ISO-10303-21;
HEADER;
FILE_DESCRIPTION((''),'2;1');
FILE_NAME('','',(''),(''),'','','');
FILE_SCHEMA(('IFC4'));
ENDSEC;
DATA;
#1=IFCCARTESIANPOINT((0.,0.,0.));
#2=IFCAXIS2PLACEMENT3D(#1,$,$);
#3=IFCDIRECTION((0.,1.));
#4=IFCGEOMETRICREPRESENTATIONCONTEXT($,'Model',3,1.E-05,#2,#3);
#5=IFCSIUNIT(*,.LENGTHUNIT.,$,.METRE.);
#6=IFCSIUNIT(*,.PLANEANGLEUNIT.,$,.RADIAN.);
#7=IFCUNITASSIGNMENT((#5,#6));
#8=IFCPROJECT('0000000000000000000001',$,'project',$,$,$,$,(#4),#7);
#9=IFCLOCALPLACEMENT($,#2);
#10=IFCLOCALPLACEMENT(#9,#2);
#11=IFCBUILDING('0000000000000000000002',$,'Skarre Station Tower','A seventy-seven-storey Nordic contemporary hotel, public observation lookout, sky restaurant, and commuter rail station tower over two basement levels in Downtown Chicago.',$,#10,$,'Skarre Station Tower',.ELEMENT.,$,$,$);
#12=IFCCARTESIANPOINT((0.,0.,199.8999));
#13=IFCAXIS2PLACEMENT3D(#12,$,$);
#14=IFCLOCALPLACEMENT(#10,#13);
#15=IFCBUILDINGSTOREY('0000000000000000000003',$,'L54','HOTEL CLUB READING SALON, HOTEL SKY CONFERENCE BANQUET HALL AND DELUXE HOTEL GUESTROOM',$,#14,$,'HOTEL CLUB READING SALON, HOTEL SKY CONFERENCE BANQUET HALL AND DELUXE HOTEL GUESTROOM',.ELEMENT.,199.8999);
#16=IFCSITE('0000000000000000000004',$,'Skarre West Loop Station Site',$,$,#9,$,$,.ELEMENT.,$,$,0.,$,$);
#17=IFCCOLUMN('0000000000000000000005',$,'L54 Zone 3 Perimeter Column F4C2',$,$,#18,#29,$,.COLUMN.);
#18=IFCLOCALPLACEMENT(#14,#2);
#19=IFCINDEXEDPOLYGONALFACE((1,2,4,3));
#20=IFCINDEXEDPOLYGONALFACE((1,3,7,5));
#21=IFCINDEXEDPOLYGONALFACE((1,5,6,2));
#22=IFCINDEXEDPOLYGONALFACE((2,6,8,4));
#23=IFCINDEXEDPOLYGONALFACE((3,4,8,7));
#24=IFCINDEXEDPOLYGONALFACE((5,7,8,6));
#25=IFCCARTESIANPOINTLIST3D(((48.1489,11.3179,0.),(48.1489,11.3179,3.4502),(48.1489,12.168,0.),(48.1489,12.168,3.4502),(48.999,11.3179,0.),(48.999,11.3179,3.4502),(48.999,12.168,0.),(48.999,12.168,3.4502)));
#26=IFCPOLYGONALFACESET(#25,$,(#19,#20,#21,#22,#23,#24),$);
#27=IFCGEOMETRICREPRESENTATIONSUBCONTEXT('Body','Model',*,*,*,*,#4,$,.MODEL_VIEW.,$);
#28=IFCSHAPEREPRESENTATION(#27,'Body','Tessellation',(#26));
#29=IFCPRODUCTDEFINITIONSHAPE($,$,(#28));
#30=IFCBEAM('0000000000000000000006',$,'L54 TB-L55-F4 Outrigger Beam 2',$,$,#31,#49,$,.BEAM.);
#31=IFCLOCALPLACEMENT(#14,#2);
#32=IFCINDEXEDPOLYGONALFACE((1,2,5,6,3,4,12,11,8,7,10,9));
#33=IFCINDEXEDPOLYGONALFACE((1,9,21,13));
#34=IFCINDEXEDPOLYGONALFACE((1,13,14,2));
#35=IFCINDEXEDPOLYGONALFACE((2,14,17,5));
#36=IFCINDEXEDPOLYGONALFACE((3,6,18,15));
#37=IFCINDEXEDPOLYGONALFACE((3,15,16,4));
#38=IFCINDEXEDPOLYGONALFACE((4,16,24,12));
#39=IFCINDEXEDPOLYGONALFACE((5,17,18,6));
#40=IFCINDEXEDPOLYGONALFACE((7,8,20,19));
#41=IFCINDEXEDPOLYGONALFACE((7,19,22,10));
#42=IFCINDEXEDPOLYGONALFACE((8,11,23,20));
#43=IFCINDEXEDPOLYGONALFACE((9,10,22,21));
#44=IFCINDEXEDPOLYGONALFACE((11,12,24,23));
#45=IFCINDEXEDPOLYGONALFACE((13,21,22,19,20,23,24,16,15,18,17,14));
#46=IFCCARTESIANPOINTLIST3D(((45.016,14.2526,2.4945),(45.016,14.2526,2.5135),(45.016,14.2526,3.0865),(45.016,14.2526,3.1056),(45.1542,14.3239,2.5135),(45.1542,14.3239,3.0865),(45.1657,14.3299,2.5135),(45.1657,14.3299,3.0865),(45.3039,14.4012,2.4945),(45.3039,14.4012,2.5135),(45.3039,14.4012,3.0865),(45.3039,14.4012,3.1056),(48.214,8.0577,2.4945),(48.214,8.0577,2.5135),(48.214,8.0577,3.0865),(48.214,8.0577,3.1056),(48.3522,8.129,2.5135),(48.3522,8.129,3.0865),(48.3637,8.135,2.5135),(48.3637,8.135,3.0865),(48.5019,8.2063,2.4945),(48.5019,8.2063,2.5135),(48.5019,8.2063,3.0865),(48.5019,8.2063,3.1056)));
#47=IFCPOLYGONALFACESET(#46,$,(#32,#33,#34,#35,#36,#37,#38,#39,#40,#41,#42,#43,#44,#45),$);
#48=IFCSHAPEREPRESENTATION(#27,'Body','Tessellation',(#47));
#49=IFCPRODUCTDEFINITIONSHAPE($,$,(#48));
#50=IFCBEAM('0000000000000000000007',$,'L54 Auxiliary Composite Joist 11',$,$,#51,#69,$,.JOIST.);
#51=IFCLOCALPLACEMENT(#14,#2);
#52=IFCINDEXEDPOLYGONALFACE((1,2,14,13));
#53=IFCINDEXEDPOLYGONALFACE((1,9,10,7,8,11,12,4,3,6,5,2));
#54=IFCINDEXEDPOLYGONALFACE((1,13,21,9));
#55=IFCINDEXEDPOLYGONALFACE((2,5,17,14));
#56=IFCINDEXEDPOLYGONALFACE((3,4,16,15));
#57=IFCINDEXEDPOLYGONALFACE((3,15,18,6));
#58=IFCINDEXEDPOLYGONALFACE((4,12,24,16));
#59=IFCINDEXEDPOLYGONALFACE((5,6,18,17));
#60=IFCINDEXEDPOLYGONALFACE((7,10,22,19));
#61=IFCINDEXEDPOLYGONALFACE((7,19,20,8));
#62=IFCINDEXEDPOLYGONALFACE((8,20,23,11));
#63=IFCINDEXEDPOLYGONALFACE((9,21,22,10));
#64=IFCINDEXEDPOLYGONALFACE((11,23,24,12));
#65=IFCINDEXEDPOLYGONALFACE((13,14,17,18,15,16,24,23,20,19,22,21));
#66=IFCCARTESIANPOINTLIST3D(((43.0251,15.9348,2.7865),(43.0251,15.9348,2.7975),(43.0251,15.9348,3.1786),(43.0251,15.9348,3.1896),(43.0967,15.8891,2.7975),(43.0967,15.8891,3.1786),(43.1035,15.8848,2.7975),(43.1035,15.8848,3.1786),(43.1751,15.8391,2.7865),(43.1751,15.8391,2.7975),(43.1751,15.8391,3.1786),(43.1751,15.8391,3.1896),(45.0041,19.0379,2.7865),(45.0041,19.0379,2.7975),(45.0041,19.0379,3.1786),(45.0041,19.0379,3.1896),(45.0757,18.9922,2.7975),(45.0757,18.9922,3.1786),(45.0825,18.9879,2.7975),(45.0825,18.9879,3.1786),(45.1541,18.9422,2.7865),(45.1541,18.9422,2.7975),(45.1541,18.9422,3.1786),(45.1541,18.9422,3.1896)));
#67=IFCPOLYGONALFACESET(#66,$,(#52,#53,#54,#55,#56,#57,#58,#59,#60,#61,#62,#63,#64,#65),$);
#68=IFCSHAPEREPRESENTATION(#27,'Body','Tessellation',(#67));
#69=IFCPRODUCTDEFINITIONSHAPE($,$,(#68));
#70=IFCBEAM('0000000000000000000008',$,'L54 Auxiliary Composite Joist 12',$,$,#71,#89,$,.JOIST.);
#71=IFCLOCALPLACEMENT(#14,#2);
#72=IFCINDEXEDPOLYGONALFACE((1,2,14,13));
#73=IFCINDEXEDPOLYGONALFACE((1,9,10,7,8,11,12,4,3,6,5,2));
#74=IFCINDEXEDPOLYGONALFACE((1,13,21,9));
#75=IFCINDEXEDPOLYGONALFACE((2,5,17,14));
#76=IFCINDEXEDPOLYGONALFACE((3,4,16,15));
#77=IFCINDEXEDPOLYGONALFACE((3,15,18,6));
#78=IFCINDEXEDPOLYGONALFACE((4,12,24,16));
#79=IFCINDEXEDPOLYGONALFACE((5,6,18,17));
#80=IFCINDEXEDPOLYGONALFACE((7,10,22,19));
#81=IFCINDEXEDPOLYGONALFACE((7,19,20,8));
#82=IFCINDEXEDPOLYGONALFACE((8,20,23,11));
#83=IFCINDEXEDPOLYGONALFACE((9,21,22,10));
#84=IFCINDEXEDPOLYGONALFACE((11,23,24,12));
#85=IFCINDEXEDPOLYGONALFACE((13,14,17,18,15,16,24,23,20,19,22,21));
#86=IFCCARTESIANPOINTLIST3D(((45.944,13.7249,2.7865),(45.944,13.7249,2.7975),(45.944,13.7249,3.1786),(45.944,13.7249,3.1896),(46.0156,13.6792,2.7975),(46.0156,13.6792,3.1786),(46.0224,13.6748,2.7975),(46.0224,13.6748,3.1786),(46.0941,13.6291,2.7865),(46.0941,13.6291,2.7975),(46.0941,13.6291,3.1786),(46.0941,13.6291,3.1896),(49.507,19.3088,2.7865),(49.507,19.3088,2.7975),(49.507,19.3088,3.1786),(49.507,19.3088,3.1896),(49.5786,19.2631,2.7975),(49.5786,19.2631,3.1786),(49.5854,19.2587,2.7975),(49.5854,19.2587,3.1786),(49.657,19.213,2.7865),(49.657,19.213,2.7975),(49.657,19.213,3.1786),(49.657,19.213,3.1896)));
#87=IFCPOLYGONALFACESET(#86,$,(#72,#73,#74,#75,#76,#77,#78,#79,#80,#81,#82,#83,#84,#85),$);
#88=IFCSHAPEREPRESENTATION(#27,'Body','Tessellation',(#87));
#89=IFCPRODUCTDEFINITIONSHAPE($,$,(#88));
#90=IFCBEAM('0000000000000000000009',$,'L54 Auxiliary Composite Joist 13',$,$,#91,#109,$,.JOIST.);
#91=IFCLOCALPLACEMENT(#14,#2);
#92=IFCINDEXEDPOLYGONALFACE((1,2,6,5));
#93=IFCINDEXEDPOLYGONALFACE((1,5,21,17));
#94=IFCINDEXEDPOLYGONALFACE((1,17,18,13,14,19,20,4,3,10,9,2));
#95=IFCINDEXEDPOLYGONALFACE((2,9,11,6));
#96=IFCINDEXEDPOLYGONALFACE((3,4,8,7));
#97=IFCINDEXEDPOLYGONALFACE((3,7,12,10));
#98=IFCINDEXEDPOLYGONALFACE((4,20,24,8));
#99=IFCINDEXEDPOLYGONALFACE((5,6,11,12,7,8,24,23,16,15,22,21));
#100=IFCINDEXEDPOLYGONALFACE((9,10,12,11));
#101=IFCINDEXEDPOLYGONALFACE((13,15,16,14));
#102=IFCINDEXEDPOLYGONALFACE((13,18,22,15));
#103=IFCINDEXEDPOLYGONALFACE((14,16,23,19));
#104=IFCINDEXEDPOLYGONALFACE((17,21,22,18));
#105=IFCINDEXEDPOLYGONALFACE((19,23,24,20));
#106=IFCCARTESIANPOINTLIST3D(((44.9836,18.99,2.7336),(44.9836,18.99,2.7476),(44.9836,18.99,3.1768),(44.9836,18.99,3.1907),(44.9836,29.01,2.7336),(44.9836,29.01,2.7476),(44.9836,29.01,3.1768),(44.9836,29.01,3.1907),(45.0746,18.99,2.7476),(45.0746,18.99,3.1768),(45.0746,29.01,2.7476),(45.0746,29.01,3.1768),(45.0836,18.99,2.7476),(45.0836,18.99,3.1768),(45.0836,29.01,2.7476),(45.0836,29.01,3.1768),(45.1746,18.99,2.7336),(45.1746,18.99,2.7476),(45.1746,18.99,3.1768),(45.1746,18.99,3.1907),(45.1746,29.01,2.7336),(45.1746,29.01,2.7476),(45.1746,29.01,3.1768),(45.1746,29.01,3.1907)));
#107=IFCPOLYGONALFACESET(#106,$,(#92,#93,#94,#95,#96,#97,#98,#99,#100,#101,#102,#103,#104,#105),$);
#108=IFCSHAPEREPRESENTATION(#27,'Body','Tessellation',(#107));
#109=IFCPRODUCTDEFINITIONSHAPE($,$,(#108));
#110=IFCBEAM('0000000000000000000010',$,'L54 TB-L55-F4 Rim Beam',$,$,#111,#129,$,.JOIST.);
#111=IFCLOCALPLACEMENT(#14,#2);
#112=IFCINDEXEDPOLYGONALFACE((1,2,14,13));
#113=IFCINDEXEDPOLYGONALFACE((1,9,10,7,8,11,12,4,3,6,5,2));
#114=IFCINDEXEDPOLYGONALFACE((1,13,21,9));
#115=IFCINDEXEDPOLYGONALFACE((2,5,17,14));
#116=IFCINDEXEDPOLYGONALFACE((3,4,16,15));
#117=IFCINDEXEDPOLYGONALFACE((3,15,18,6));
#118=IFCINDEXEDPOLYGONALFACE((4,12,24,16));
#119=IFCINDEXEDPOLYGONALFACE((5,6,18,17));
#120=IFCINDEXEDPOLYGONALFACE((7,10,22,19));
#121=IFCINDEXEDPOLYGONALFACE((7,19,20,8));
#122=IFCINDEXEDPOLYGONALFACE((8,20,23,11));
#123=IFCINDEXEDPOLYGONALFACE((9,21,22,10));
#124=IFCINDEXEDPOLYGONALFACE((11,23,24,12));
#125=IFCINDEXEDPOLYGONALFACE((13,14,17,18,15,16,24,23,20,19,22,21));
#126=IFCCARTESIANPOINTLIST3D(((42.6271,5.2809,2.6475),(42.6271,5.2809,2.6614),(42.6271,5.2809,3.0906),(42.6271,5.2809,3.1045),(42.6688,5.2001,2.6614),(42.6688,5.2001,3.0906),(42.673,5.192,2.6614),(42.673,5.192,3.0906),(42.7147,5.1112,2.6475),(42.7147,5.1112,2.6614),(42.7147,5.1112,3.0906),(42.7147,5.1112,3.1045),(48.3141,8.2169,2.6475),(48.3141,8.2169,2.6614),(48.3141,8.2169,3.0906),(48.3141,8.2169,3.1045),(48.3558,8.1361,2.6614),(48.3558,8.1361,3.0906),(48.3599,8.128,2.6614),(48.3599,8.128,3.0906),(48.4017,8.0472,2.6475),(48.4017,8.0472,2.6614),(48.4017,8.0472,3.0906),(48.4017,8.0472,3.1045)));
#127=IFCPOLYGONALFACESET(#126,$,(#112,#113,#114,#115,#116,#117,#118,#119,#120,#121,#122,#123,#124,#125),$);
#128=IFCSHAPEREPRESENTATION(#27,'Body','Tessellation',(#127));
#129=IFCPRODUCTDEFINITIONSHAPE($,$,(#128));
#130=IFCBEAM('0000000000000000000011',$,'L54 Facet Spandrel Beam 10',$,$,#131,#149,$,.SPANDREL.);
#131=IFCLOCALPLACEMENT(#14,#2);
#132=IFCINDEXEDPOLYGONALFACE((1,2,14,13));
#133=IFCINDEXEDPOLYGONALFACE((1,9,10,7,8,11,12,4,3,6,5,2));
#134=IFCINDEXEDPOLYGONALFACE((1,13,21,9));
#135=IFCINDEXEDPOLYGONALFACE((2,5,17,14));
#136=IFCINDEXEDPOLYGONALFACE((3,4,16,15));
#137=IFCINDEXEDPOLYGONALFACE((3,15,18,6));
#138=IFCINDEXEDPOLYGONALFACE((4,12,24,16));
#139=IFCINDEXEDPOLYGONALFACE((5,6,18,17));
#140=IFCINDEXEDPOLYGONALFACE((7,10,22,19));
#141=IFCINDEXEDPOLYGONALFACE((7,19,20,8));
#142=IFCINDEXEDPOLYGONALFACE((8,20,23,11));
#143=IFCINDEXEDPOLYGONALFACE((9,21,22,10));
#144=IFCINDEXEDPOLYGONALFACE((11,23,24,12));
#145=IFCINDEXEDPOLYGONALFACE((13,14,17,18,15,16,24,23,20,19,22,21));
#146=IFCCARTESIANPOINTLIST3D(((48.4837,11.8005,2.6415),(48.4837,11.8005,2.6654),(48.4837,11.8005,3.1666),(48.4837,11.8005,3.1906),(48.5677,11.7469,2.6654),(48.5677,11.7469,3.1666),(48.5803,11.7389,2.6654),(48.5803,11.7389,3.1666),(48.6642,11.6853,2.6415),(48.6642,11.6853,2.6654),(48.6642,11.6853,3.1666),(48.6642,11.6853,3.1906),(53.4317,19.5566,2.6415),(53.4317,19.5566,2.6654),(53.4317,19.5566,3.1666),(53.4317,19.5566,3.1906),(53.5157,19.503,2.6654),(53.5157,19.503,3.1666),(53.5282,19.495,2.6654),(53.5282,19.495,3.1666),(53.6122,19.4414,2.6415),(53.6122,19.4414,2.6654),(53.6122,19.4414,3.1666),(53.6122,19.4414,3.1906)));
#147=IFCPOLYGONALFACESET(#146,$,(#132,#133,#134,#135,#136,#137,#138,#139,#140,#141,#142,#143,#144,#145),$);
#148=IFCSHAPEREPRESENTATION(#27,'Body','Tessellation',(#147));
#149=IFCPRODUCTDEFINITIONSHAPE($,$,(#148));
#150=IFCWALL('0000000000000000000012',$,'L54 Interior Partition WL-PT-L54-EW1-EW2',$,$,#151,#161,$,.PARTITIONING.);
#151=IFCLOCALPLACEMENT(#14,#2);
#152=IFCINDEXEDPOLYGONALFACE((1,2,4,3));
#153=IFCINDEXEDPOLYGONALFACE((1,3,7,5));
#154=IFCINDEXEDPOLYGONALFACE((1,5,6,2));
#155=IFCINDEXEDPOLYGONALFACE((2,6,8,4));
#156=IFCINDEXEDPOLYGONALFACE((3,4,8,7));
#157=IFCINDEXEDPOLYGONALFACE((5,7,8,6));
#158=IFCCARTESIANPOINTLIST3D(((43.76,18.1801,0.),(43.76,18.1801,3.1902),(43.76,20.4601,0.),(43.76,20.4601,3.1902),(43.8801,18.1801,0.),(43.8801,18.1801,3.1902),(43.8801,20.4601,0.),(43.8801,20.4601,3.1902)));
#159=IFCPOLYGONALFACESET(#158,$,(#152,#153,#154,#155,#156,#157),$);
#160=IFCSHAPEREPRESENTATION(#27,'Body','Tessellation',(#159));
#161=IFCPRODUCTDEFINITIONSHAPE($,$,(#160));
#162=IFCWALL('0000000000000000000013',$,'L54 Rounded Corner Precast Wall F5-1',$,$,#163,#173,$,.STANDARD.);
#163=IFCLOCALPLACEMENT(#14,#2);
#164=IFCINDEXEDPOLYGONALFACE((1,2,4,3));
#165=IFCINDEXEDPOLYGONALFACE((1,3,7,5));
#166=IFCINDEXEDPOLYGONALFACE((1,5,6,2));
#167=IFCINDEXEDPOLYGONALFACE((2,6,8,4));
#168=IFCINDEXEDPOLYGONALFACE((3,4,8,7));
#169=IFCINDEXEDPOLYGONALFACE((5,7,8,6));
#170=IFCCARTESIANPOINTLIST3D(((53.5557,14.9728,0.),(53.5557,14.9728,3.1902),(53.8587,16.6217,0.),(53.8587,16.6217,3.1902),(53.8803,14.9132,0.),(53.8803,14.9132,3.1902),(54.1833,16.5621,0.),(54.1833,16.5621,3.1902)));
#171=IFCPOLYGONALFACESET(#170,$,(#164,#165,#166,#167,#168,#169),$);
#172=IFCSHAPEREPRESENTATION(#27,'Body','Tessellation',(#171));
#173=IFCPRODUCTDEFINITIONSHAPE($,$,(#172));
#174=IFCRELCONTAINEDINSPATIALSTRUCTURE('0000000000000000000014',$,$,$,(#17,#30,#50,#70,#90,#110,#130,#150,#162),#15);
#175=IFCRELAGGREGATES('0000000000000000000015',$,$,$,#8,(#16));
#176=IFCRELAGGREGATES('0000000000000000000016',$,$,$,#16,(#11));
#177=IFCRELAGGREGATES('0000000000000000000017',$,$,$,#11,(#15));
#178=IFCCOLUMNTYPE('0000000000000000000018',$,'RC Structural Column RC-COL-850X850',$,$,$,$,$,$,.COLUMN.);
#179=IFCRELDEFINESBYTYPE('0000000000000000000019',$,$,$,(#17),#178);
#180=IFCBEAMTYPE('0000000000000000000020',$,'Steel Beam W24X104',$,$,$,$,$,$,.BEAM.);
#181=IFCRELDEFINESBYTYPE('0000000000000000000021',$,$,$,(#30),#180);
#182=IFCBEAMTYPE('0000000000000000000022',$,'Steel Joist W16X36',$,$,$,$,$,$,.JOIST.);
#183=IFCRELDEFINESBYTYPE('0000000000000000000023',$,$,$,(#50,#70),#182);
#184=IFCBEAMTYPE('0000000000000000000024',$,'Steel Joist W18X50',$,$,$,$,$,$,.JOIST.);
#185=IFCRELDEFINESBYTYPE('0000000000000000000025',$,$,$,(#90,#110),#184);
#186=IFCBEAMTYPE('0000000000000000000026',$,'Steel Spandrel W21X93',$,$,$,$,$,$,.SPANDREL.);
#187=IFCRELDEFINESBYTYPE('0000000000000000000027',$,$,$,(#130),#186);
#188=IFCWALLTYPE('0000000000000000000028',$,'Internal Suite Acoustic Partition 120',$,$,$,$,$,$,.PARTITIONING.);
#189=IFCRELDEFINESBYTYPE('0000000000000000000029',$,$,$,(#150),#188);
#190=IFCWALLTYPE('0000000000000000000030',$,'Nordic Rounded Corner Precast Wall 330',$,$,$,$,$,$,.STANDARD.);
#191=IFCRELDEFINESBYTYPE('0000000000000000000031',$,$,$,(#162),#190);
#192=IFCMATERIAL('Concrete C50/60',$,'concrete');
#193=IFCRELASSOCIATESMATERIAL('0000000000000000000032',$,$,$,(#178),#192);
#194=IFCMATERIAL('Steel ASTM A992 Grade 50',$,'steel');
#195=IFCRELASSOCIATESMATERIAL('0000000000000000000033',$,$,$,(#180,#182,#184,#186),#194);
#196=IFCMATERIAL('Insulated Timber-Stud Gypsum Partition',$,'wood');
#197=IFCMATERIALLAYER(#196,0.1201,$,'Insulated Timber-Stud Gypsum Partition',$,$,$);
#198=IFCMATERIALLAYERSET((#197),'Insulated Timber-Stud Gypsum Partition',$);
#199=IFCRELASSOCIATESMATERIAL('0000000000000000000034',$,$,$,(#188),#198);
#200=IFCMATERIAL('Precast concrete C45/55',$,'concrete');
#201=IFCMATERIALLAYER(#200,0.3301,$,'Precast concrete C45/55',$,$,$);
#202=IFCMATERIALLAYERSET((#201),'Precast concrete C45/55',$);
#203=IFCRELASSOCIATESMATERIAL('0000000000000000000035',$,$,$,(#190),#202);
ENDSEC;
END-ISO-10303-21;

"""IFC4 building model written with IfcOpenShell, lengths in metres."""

from ifc_helpers import new_model, si_unit, direction, frame, frame_2d, origin, origin_2d, place, context, subcontext, project, spatial, rectangle, i_section, extrude, material, layer, layer_set, material_profile, profile_set, type_object, element, save


model = new_model("IFC4")

# Units and contexts
model_context = context("Model", 3, precision=1e-05, world=origin(), true_north=direction((0.0, 1.0)))
body_context = subcontext(model_context, "Body", "Model", "MODEL_VIEW")
ifc_project = project(units=[si_unit("LENGTHUNIT", "METRE"), si_unit("PLANEANGLEUNIT", "RADIAN")], contexts=[model_context])

# Site, building, storey
site_placement = place(None, origin())
site = spatial("IfcSite", under=ifc_project, at=site_placement, Name="Skarre West Loop Station Site", CompositionType="ELEMENT", RefElevation=0.0)
building_placement = place(site_placement, origin())
building = spatial("IfcBuilding", under=site, at=building_placement, Name="Skarre Station Tower", Description="A seventy-seven-storey Nordic contemporary hotel, public observation lookout, sky restaurant, and commuter rail station tower over two basement levels in Downtown Chicago.", LongName="Skarre Station Tower", CompositionType="ELEMENT")
storey_placement = place(building_placement, frame((0.0, 0.0, 199.8999)))
storey = spatial("IfcBuildingStorey", under=building, at=storey_placement, Name="L54", Description="HOTEL CLUB READING SALON, HOTEL SKY CONFERENCE BANQUET HALL AND DELUXE HOTEL GUESTROOM", LongName="HOTEL CLUB READING SALON, HOTEL SKY CONFERENCE BANQUET HALL AND DELUXE HOTEL GUESTROOM", CompositionType="ELEMENT", Elevation=199.8999)

# Column
ifc_material_1 = material(Name="Concrete C50/60", Category="concrete")
ifc_material_profile_1 = material_profile(ifc_material_1, rectangle(XDim=0.8501, YDim=0.8501, at=origin_2d()), Name="Concrete C50/60")
ifc_profile_set_1 = profile_set([ifc_material_profile_1], Name="Concrete C50/60")
column_type = type_object("IfcColumnType", Name="RC Structural Column RC-COL-850X850", PredefinedType="COLUMN", material=ifc_profile_set_1)
column_placement = place(storey_placement, frame((48.574, 11.7429, 0.0), z_axis=(0.0, 0.0, 1.0), x_axis=(1.0, 0.0, 0.0)))
element("IfcColumn", 1, at=column_placement, inside=storey, type_object=column_type, Name="L54 Zone 3 Perimeter Column F4C2", PredefinedType="COLUMN", context=body_context, shape_type="SweptSolid", body=[
    extrude(rectangle(XDim=0.8501, YDim=0.8501, at=origin_2d()), origin(), (0.0, 0.0, 1.0), 3.4502),
])

# Beams
ifc_material_2 = material(Name="Steel ASTM A992 Grade 50", Category="steel")
ifc_material_profile_2 = material_profile(ifc_material_2, i_section(OverallWidth=0.324, OverallDepth=0.6111, WebThickness=0.0129, FlangeThickness=0.019, at=origin_2d()), Name="Steel ASTM A992 Grade 50")
ifc_profile_set_2 = profile_set([ifc_material_profile_2], Name="Steel ASTM A992 Grade 50")
beam_type_1 = type_object("IfcBeamType", Name="Steel Beam W24X104", PredefinedType="BEAM", material=ifc_profile_set_2)
beam_1_placement = place(storey_placement, frame((45.1599, 14.3269, 2.8), z_axis=(0.458719, -0.888582, 0.0), x_axis=(0.888582, 0.458719, 0.0)))
element("IfcBeam", 2, at=beam_1_placement, inside=storey, type_object=beam_type_1, Name="L54 TB-L55-F4 Outrigger Beam 2", PredefinedType="BEAM", context=body_context, shape_type="SweptSolid", body=[
    extrude(i_section(OverallWidth=0.324, OverallDepth=0.6111, WebThickness=0.0129, FlangeThickness=0.019, at=origin_2d()), origin(), (0.0, 0.0, 1.0), 6.9717),
])
ifc_material_profile_3 = material_profile(ifc_material_2, i_section(OverallWidth=0.178, OverallDepth=0.4031, WebThickness=0.0081, FlangeThickness=0.011, at=origin_2d()), Name="Steel ASTM A992 Grade 50")
ifc_profile_set_3 = profile_set([ifc_material_profile_3], Name="Steel ASTM A992 Grade 50")
beam_type_2 = type_object("IfcBeamType", Name="Steel Joist W16X36", PredefinedType="JOIST", material=ifc_profile_set_3)
beam_2_placement = place(storey_placement, frame((43.1001, 15.887, 2.988), z_axis=(0.537717, 0.843126, 0.0), x_axis=(-0.843126, 0.537717, 0.0)))
element("IfcBeam", 3, at=beam_2_placement, inside=storey, type_object=beam_type_2, Name="L54 Auxiliary Composite Joist 11", PredefinedType="JOIST", context=body_context, shape_type="SweptSolid", body=[
    extrude(i_section(OverallWidth=0.178, OverallDepth=0.4031, WebThickness=0.0081, FlangeThickness=0.011, at=origin_2d()), origin(), (0.0, 0.0, 1.0), 3.6804),
])
beam_3_placement = place(storey_placement, frame((46.019, 13.677, 2.988), z_axis=(0.537901, 0.843008, 0.0), x_axis=(-0.843008, 0.537901, 0.0)))
element("IfcBeam", 4, at=beam_3_placement, inside=storey, type_object=beam_type_2, Name="L54 Auxiliary Composite Joist 12", PredefinedType="JOIST", context=body_context, shape_type="SweptSolid", body=[
    extrude(i_section(OverallWidth=0.178, OverallDepth=0.4031, WebThickness=0.0081, FlangeThickness=0.011, at=origin_2d()), origin(), (0.0, 0.0, 1.0), 6.6238),
])
ifc_material_profile_4 = material_profile(ifc_material_2, i_section(OverallWidth=0.1909, OverallDepth=0.457, WebThickness=0.009, FlangeThickness=0.0139, at=origin_2d()), Name="Steel ASTM A992 Grade 50")
ifc_profile_set_4 = profile_set([ifc_material_profile_4], Name="Steel ASTM A992 Grade 50")
beam_type_3 = type_object("IfcBeamType", Name="Steel Joist W18X50", PredefinedType="JOIST", material=ifc_profile_set_4)
beam_4_placement = place(storey_placement, frame((45.0791, 18.99, 2.9622), z_axis=(0.0, 1.0, 0.0), x_axis=(-1.0, 0.0, 0.0)))
element("IfcBeam", 5, at=beam_4_placement, inside=storey, type_object=beam_type_3, Name="L54 Auxiliary Composite Joist 13", PredefinedType="JOIST", context=body_context, shape_type="SweptSolid", body=[
    extrude(i_section(OverallWidth=0.1909, OverallDepth=0.457, WebThickness=0.009, FlangeThickness=0.0139, at=origin_2d()), origin(), (0.0, 0.0, 1.0), 10.02),
])
beam_5_placement = place(storey_placement, frame((42.6709, 5.196, 2.876), z_axis=(0.888569, 0.458742, 0.0), x_axis=(-0.458742, 0.888569, 0.0)))
element("IfcBeam", 6, at=beam_5_placement, inside=storey, type_object=beam_type_3, Name="L54 TB-L55-F4 Rim Beam", PredefinedType="JOIST", context=body_context, shape_type="SweptSolid", body=[
    extrude(i_section(OverallWidth=0.1909, OverallDepth=0.457, WebThickness=0.009, FlangeThickness=0.0139, at=origin_2d()), origin(), (0.0, 0.0, 1.0), 6.4001),
])
ifc_material_profile_5 = material_profile(ifc_material_2, i_section(OverallWidth=0.2141, OverallDepth=0.5491, WebThickness=0.0149, FlangeThickness=0.0239, at=origin_2d()), Name="Steel ASTM A992 Grade 50")
ifc_profile_set_5 = profile_set([ifc_material_profile_5], Name="Steel ASTM A992 Grade 50")
beam_type_4 = type_object("IfcBeamType", Name="Steel Spandrel W21X93", PredefinedType="SPANDREL", material=ifc_profile_set_5)
beam_6_placement = place(storey_placement, frame((48.574, 11.7429, 2.916), z_axis=(0.537826, 0.843056, 0.0), x_axis=(-0.843056, 0.537826, 0.0)))
element("IfcBeam", 7, at=beam_6_placement, inside=storey, type_object=beam_type_4, Name="L54 Facet Spandrel Beam 10", PredefinedType="SPANDREL", context=body_context, shape_type="SweptSolid", body=[
    extrude(i_section(OverallWidth=0.2141, OverallDepth=0.5491, WebThickness=0.0149, FlangeThickness=0.0239, at=origin_2d()), origin(), (0.0, 0.0, 1.0), 9.2),
])

# Walls
ifc_material_3 = material(Name="Insulated Timber-Stud Gypsum Partition", Category="wood")
ifc_layer_1 = layer(ifc_material_3, 0.1201, Name="Insulated Timber-Stud Gypsum Partition")
ifc_layer_set_1 = layer_set([ifc_layer_1], Name="Insulated Timber-Stud Gypsum Partition")
wall_type_1 = type_object("IfcWallType", Name="Internal Suite Acoustic Partition 120", PredefinedType="PARTITIONING", material=ifc_layer_set_1)
wall_1_placement = place(storey_placement, frame((43.8201, 18.1799, 0.0), z_axis=(0.0, 0.0, 1.0), x_axis=(0.0, 1.0, 0.0)))
element("IfcWall", 8, at=wall_1_placement, inside=storey, type_object=wall_type_1, Name="L54 Interior Partition WL-PT-L54-EW1-EW2", PredefinedType="PARTITIONING", context=body_context, shape_type="SweptSolid", body=[
    extrude(rectangle(XDim=2.28, YDim=0.1201, at=frame_2d((1.1401, 0.0))), origin(), (0.0, 0.0, 1.0), 3.1902),
])
ifc_material_4 = material(Name="Precast concrete C45/55", Category="concrete")
ifc_layer_2 = layer(ifc_material_4, 0.3301, Name="Precast concrete C45/55")
ifc_layer_set_2 = layer_set([ifc_layer_2], Name="Precast concrete C45/55")
wall_type_2 = type_object("IfcWallType", Name="Nordic Rounded Corner Precast Wall 330", PredefinedType="STANDARD", material=ifc_layer_set_2)
wall_2_placement = place(storey_placement, frame((54.021, 16.592, 0.0), z_axis=(0.0, 0.0, 1.0), x_axis=(-0.180718, -0.983535, 0.0)))
element("IfcWall", 9, at=wall_2_placement, inside=storey, type_object=wall_type_2, Name="L54 Rounded Corner Precast Wall F5-1", PredefinedType="STANDARD", context=body_context, shape_type="SweptSolid", body=[
    extrude(rectangle(XDim=1.6765, YDim=0.3301, at=frame_2d((0.8384, 0.0))), origin(), (0.0, 0.0, 1.0), 3.1902),
])

save(model, "model.ifc")
